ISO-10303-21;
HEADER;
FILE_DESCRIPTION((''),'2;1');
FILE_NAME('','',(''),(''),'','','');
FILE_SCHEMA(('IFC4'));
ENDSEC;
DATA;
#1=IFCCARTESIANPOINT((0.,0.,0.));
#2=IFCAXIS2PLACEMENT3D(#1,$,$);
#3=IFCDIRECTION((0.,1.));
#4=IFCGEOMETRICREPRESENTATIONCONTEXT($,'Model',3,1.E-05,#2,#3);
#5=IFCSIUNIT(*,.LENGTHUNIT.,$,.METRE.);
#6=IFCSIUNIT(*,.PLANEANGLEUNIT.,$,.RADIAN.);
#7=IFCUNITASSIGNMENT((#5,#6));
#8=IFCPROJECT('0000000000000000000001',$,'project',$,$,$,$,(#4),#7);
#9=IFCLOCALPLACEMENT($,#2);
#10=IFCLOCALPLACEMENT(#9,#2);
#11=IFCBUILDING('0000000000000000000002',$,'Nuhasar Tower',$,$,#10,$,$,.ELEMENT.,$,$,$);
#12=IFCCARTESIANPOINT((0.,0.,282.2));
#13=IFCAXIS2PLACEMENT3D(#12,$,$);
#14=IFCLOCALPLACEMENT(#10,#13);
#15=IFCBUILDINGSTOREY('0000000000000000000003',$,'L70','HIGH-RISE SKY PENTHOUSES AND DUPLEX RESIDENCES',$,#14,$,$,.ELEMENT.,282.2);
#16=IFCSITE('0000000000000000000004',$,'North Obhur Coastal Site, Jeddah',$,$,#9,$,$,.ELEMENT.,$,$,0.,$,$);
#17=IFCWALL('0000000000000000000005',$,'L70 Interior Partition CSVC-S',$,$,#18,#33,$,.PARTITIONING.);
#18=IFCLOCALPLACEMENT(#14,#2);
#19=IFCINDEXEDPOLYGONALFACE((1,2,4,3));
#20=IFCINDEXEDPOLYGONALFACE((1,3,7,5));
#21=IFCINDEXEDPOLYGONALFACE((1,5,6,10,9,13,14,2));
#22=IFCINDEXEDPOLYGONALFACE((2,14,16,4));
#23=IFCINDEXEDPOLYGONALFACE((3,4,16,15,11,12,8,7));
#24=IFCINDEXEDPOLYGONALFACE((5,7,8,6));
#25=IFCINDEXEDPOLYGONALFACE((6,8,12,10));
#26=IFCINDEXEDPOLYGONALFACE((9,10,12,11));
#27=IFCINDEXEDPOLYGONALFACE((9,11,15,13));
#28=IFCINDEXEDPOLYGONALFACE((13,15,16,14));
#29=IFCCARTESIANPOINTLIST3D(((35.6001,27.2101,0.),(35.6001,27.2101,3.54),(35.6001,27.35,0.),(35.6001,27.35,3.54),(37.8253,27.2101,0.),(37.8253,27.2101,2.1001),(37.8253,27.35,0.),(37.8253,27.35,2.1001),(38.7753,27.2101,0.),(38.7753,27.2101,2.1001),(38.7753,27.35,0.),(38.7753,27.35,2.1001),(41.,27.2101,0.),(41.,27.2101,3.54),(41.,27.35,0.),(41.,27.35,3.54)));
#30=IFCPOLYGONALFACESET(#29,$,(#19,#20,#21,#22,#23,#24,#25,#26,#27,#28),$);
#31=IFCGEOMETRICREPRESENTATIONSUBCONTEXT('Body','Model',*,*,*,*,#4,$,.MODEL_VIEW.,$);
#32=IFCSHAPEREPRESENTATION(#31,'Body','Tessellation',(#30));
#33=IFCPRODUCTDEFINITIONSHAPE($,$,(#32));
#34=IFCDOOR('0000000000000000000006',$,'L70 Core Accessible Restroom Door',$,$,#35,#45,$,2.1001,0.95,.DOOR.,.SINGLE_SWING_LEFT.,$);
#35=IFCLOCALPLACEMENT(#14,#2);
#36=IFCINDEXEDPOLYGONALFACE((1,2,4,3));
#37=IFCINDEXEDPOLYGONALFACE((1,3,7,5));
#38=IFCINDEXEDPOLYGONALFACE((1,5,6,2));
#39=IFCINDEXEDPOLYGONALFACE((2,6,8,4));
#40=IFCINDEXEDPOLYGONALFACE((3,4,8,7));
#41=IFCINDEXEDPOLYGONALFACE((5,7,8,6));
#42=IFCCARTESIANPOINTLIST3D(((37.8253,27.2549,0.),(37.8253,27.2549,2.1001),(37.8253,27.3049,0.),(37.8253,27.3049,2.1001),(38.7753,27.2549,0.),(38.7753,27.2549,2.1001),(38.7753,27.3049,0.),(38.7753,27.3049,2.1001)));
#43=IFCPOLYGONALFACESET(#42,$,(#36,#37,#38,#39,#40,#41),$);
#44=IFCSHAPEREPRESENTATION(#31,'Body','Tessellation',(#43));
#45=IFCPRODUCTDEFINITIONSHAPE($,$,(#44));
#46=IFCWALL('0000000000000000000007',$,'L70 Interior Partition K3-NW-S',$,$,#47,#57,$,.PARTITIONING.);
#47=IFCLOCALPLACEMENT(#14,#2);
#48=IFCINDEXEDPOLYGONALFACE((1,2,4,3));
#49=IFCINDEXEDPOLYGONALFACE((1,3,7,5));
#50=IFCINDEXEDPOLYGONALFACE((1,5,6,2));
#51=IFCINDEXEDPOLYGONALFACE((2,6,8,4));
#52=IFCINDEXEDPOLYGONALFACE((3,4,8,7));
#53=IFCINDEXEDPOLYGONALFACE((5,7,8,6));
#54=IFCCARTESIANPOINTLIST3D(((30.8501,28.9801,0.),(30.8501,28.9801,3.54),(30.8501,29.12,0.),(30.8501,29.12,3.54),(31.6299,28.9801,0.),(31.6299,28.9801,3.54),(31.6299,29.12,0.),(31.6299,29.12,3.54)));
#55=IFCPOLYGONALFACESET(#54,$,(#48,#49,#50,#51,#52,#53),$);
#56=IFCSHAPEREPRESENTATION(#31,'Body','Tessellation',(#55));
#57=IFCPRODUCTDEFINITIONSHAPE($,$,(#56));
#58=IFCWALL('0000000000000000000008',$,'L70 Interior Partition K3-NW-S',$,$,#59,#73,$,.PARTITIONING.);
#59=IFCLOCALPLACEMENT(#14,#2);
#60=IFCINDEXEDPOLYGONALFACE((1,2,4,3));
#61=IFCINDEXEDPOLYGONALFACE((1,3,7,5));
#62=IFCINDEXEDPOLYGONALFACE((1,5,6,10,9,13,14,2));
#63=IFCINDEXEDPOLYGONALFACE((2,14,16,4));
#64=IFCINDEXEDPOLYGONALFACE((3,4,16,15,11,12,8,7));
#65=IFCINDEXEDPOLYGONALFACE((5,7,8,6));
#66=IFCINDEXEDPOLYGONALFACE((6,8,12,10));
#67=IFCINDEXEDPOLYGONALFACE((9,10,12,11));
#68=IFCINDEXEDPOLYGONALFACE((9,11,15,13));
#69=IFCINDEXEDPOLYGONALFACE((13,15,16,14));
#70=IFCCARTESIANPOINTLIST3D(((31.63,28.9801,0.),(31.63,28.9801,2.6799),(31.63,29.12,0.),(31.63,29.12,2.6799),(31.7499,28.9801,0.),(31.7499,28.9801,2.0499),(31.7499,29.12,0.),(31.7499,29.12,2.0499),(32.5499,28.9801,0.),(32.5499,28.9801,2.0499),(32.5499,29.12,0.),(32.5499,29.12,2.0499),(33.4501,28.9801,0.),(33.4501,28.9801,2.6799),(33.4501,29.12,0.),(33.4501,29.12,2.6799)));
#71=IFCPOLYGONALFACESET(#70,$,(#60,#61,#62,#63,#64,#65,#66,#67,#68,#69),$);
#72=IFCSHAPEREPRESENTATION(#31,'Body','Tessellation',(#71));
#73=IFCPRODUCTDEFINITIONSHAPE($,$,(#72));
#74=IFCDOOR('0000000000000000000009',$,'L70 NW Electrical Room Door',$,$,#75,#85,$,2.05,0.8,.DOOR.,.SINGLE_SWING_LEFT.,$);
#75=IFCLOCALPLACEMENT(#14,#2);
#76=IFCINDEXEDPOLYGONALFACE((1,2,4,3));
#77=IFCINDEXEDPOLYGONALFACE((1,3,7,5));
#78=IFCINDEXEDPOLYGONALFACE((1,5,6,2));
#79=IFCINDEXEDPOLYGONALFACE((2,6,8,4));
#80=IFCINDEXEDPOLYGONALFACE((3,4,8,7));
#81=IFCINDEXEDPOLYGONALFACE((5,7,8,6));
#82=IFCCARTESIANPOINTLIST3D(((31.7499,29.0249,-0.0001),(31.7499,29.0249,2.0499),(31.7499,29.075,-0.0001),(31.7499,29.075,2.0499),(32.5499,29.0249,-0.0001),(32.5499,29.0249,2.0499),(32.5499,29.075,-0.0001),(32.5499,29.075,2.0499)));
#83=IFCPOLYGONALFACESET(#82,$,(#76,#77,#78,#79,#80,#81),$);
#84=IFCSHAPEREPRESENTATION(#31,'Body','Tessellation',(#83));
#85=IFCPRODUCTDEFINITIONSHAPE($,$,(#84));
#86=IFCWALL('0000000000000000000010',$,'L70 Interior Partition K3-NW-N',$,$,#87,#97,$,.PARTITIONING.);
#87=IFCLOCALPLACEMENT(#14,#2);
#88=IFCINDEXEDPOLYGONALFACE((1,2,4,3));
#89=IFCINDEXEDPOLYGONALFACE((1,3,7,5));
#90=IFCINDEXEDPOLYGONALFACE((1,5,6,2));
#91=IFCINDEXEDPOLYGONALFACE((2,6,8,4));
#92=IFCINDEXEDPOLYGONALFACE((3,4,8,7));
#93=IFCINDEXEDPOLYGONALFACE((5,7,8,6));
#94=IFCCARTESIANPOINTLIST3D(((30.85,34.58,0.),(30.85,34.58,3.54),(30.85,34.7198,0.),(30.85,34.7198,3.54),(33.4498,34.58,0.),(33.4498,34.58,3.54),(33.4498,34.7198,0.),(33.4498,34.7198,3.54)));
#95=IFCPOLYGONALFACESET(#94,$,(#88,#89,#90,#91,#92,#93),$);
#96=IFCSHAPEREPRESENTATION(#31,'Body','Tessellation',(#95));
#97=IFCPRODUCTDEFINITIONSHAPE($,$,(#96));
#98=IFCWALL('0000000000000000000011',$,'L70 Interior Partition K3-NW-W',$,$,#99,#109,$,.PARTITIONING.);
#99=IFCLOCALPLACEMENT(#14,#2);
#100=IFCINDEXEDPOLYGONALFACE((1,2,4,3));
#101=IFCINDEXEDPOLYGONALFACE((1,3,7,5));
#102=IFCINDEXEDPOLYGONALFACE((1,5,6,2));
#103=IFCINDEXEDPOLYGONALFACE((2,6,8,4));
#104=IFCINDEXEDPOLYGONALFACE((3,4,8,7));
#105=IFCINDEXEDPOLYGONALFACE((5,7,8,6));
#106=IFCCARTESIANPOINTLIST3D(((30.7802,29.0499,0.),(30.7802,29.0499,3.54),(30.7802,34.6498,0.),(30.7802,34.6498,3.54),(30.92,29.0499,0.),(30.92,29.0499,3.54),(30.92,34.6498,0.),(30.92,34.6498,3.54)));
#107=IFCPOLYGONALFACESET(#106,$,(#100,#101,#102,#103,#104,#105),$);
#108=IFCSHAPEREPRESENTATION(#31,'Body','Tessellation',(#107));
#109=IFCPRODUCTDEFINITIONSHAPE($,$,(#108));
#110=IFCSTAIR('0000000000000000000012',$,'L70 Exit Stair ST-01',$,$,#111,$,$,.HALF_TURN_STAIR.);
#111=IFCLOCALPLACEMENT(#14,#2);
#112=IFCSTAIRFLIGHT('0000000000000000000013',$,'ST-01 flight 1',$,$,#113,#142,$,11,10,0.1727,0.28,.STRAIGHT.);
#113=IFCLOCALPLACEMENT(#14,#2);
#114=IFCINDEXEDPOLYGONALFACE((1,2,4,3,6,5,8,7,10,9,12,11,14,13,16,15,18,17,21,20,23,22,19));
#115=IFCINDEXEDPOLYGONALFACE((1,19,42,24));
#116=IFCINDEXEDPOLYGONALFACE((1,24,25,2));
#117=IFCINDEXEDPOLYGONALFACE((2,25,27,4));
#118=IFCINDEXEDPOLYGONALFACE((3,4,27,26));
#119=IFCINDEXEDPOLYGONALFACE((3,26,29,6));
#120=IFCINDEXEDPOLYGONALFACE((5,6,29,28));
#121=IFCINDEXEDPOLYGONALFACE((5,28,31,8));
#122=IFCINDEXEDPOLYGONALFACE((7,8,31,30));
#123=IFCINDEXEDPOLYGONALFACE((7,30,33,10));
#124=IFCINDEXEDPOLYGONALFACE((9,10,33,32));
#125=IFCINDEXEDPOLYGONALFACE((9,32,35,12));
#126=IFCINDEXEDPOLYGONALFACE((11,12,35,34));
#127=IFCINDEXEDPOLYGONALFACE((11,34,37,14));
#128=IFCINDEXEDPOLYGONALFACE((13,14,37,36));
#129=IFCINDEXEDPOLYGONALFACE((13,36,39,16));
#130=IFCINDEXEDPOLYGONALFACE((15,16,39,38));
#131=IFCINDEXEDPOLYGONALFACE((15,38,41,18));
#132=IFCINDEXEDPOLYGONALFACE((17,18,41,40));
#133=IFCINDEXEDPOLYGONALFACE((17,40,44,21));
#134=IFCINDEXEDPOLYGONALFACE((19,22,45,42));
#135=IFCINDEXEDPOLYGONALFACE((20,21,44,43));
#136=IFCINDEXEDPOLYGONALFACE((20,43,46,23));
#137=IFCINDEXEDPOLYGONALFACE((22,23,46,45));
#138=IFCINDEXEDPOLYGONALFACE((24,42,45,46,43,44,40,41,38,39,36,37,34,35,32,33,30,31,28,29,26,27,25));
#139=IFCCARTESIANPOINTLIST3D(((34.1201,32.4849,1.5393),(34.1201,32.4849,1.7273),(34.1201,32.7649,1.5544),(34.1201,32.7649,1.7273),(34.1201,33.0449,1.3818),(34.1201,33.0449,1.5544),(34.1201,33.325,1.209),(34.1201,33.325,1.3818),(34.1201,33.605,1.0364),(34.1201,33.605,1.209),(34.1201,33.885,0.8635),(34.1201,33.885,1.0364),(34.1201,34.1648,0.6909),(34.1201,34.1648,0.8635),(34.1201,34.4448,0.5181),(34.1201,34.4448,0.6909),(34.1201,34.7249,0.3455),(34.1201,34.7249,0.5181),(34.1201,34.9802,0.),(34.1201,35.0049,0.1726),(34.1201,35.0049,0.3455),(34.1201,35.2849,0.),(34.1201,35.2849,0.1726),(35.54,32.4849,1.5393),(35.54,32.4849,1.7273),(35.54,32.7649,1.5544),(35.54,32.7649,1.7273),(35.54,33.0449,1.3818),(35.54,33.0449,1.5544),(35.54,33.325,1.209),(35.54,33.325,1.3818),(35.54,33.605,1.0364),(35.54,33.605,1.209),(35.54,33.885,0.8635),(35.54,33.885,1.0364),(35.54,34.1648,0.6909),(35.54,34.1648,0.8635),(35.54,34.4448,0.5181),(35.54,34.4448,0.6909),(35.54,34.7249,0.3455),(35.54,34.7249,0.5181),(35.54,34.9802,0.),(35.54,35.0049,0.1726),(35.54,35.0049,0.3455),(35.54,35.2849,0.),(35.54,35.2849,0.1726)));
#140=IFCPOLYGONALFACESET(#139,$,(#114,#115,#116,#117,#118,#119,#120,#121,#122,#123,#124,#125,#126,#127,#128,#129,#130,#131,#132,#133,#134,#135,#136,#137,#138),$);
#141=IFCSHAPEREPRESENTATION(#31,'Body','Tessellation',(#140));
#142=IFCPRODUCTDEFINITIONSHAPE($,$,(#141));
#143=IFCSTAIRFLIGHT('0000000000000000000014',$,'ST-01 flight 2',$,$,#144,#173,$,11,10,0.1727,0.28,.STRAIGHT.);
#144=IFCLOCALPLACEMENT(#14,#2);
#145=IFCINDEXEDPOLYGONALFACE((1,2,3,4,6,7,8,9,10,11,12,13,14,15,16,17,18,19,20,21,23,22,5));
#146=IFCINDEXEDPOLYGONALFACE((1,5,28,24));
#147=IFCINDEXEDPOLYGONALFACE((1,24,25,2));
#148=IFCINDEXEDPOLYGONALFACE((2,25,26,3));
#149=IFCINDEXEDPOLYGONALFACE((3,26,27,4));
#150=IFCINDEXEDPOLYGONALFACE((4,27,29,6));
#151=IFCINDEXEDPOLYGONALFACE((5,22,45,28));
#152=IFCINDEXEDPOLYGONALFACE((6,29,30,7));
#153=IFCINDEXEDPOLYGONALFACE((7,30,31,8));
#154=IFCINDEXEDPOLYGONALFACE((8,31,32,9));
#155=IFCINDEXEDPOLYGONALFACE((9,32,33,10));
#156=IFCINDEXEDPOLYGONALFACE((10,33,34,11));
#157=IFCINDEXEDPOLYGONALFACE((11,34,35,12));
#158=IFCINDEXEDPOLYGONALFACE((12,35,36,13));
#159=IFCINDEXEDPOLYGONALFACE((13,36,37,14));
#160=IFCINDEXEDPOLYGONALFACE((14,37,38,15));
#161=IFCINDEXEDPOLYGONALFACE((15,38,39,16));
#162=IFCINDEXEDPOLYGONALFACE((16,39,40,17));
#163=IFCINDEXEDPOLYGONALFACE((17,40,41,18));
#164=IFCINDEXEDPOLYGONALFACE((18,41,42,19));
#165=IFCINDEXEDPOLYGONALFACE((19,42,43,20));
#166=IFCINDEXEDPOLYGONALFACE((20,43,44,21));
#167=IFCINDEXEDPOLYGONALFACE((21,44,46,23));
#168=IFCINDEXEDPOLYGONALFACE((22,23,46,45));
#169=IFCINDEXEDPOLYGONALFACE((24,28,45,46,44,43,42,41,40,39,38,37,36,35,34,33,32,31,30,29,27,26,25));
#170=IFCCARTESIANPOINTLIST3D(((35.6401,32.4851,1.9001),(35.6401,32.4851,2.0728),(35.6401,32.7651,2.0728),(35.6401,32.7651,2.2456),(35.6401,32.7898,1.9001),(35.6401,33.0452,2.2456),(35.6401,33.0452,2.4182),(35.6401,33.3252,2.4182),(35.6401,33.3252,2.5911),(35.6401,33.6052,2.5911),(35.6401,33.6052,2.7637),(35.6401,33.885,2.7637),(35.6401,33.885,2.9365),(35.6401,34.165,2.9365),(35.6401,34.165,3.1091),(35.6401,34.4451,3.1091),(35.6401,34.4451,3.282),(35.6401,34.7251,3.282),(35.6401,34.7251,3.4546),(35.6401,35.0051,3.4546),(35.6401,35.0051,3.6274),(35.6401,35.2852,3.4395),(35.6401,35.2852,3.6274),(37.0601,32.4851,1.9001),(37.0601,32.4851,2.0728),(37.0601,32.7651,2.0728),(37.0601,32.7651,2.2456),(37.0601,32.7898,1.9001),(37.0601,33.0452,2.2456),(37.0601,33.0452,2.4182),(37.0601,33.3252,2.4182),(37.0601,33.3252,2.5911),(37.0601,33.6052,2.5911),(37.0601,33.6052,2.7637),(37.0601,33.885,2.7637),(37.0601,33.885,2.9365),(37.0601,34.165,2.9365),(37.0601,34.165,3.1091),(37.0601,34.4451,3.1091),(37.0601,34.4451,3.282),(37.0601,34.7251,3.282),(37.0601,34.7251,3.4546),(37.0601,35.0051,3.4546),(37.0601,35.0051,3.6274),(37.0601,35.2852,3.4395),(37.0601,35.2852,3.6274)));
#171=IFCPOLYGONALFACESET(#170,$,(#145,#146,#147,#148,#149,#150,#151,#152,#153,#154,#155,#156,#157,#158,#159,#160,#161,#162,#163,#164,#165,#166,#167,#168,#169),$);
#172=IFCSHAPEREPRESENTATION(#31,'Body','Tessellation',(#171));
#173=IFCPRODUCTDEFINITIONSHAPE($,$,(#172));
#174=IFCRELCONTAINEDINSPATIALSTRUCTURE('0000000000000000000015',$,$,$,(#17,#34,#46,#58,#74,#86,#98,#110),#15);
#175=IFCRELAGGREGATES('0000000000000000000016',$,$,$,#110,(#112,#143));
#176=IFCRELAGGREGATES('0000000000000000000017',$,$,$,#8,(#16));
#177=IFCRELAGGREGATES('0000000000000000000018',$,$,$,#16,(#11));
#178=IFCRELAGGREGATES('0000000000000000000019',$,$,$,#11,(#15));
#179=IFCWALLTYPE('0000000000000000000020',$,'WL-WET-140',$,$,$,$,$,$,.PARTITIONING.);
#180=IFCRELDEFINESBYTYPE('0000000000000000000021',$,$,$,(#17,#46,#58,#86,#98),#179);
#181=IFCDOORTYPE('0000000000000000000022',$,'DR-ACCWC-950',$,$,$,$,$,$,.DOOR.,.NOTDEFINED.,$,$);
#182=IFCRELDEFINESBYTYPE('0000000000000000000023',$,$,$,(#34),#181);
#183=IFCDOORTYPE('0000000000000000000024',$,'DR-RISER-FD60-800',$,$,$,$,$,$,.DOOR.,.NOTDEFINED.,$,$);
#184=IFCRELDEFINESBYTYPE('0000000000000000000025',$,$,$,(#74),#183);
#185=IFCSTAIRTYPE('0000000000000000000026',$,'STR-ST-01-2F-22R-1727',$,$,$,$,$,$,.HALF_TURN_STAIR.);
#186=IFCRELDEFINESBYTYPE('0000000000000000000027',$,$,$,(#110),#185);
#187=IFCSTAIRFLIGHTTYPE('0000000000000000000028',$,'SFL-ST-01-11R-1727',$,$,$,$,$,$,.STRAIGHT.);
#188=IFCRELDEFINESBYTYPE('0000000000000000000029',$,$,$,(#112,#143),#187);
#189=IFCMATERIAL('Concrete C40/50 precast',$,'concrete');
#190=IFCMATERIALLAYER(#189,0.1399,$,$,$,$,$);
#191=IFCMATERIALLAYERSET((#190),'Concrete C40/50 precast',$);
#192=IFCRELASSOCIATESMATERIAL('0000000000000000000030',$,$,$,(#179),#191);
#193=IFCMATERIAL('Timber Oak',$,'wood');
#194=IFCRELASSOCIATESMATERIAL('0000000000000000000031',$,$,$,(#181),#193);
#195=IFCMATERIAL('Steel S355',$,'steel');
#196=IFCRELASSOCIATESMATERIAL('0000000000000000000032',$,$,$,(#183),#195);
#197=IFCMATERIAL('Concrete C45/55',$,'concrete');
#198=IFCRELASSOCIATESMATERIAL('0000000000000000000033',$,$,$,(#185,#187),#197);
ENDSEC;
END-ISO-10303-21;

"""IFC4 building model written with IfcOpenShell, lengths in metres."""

from ifc_helpers import new_model, si_unit, direction, frame, frame_2d, origin, place, context, subcontext, project, spatial, polyline, rectangle, outline, extrude, material, layer, layer_set, type_object, element, fill, aggregate, save


model = new_model("IFC4")

# Units and contexts
model_context = context("Model", 3, precision=1e-05, world=origin(), true_north=direction((0.0, 1.0)))
body_context = subcontext(model_context, "Body", "Model", "MODEL_VIEW")
ifc_project = project(units=[si_unit("LENGTHUNIT", "METRE"), si_unit("PLANEANGLEUNIT", "RADIAN")], contexts=[model_context])

# Site, building, storey
site_placement = place(None, origin())
site = spatial("IfcSite", under=ifc_project, at=site_placement, Name="North Obhur Coastal Site, Jeddah", CompositionType="ELEMENT", RefElevation=0.0)
building_placement = place(site_placement, origin())
building = spatial("IfcBuilding", under=site, at=building_placement, Name="Nuhasar Tower", CompositionType="ELEMENT")
storey_placement = place(building_placement, frame((0.0, 0.0, 282.2)))
storey = spatial("IfcBuildingStorey", under=building, at=storey_placement, Name="L70", Description="HIGH-RISE SKY PENTHOUSES AND DUPLEX RESIDENCES", CompositionType="ELEMENT", Elevation=282.2)

# Shared definitions
ifc_material_1 = material(Name="Steel S355", Category="steel")

# Shared definitions
ifc_material_2 = material(Name="Concrete C40/50 precast", Category="concrete")
ifc_layer_1 = layer(ifc_material_2, 0.1399)
ifc_layer_set_1 = layer_set([ifc_layer_1], Name="Concrete C40/50 precast")
wall_type_1 = type_object("IfcWallType", Name="WL-WET-140", PredefinedType="PARTITIONING", material=ifc_layer_set_1)

# Wall, opening, door
wall_1_placement = place(storey_placement, frame((35.6001, 27.28, 0.0), z_axis=(0.0, 0.0, 1.0), x_axis=(1.0, 0.0, 0.0)))
wall_1 = element("IfcWall", 1, at=wall_1_placement, inside=storey, type_object=wall_type_1, Name="L70 Interior Partition CSVC-S", PredefinedType="PARTITIONING", context=body_context, shape_type="SweptSolid", body=[
    extrude(rectangle(XDim=5.3999, YDim=0.1399, at=frame_2d((2.7, 0.0))), origin(), (0.0, 0.0, 1.0), 3.54),
])
opening_1_placement = place(wall_1_placement, frame((2.2251, 0.0, 0.0)))
opening_1 = element("IfcOpeningElement", 2, at=opening_1_placement, cuts=wall_1, PredefinedType="OPENING", context=body_context, shape_type="SweptSolid", body=[
    extrude(rectangle(XDim=0.95, YDim=2.1001, at=frame_2d((0.4751, 1.05))), frame((0.0, 0.0801, 0.0), z_axis=(0.0, -1.0, 0.0), x_axis=(1.0, 0.0, 0.0)), (0.0, 0.0, 1.0), 0.1599),
])
ifc_material_3 = material(Name="Timber Oak", Category="wood")
door_type_1 = type_object("IfcDoorType", Name="DR-ACCWC-950", OperationType="NOTDEFINED", PredefinedType="DOOR", material=ifc_material_3)
door_1_placement = place(opening_1_placement, origin())
door_1 = element("IfcDoor", 3, at=door_1_placement, inside=storey, type_object=door_type_1, Name="L70 Core Accessible Restroom Door", OperationType="SINGLE_SWING_LEFT", OverallHeight=2.1001, OverallWidth=0.95, PredefinedType="DOOR", context=body_context, shape_type="SweptSolid", body=[
    extrude(rectangle(XDim=0.95, YDim=2.1001, at=frame_2d((0.4751, 1.05))), frame((0.0, 0.0249, 0.0), z_axis=(0.0, -1.0, 0.0), x_axis=(1.0, 0.0, 0.0)), (0.0, 0.0, 1.0), 0.05),
])
fill(opening_1, door_1)

# Wall
wall_2_placement = place(storey_placement, frame((30.8501, 29.05, 0.0), z_axis=(0.0, 0.0, 1.0), x_axis=(1.0, 0.0, 0.0)))
element("IfcWall", 4, at=wall_2_placement, inside=storey, type_object=wall_type_1, Name="L70 Interior Partition K3-NW-S", PredefinedType="PARTITIONING", context=body_context, shape_type="SweptSolid", body=[
    extrude(rectangle(XDim=0.7798, YDim=0.1399, at=frame_2d((0.3899, 0.0))), origin(), (0.0, 0.0, 1.0), 3.54),
])

# Wall, opening, door
wall_3_placement = place(storey_placement, frame((31.6299, 29.05, 0.0), z_axis=(0.0, 0.0, 1.0), x_axis=(1.0, 0.0, 0.0)))
wall_3 = element("IfcWall", 5, at=wall_3_placement, inside=storey, type_object=wall_type_1, Name="L70 Interior Partition K3-NW-S", PredefinedType="PARTITIONING", context=body_context, shape_type="SweptSolid", body=[
    extrude(rectangle(XDim=1.8201, YDim=0.1399, at=frame_2d((0.9102, 0.0))), origin(), (0.0, 0.0, 1.0), 2.6799),
])
opening_2_placement = place(wall_3_placement, frame((0.1201, 0.0, 0.0)))
opening_2 = element("IfcOpeningElement", 6, at=opening_2_placement, cuts=wall_3, PredefinedType="OPENING", context=body_context, shape_type="SweptSolid", body=[
    extrude(rectangle(XDim=0.8, YDim=2.05, at=frame_2d((0.3999, 1.0249))), frame((0.0, 0.0801, 0.0), z_axis=(0.0, -1.0, 0.0), x_axis=(1.0, 0.0, 0.0)), (0.0, 0.0, 1.0), 0.1599),
])
door_type_2 = type_object("IfcDoorType", Name="DR-RISER-FD60-800", OperationType="NOTDEFINED", PredefinedType="DOOR", material=ifc_material_1)
door_2_placement = place(opening_2_placement, origin())
door_2 = element("IfcDoor", 7, at=door_2_placement, inside=storey, type_object=door_type_2, Name="L70 NW Electrical Room Door", OperationType="SINGLE_SWING_LEFT", OverallHeight=2.05, OverallWidth=0.8, PredefinedType="DOOR", context=body_context, shape_type="SweptSolid", body=[
    extrude(rectangle(XDim=0.8, YDim=2.05, at=frame_2d((0.3999, 1.0249))), frame((0.0, 0.0249, 0.0), z_axis=(0.0, -1.0, 0.0), x_axis=(1.0, 0.0, 0.0)), (0.0, 0.0, 1.0), 0.05),
])
fill(opening_2, door_2)

# Walls
wall_4_placement = place(storey_placement, frame((30.8501, 34.6499, 0.0), z_axis=(0.0, 0.0, 1.0), x_axis=(1.0, 0.0, 0.0)))
element("IfcWall", 8, at=wall_4_placement, inside=storey, type_object=wall_type_1, Name="L70 Interior Partition K3-NW-N", PredefinedType="PARTITIONING", context=body_context, shape_type="SweptSolid", body=[
    extrude(rectangle(XDim=2.5999, YDim=0.1399, at=frame_2d((1.2998, 0.0))), origin(), (0.0, 0.0, 1.0), 3.54),
])
wall_5_placement = place(storey_placement, frame((30.8501, 29.05, 0.0), z_axis=(0.0, 0.0, 1.0), x_axis=(0.0, 1.0, 0.0)))
element("IfcWall", 9, at=wall_5_placement, inside=storey, type_object=wall_type_1, Name="L70 Interior Partition K3-NW-W", PredefinedType="PARTITIONING", context=body_context, shape_type="SweptSolid", body=[
    extrude(rectangle(XDim=5.5999, YDim=0.1399, at=frame_2d((2.7998, 0.0))), origin(), (0.0, 0.0, 1.0), 3.54),
])

# Stair, stair flights
ifc_material_4 = material(Name="Concrete C45/55", Category="concrete")
stair_type_1 = type_object("IfcStairType", Name="STR-ST-01-2F-22R-1727", PredefinedType="HALF_TURN_STAIR", material=ifc_material_4)
stair_1_placement = place(storey_placement, origin())
stair_1 = element("IfcStair", 10, at=stair_1_placement, inside=storey, type_object=stair_type_1, Name="L70 Exit Stair ST-01", PredefinedType="HALF_TURN_STAIR")
stair_flight_type_1 = type_object("IfcStairFlightType", Name="SFL-ST-01-11R-1727", PredefinedType="STRAIGHT", material=ifc_material_4)
stair_flight_1_placement = place(storey_placement, frame((34.8301, 35.2849, 0.0), z_axis=(0.0, 0.0, 1.0), x_axis=(0.0, -1.0, 0.0)))
stair_flight_1 = element("IfcStairFlight", 11, at=stair_flight_1_placement, type_object=stair_flight_type_1, Name="ST-01 flight 1", NumberOfRisers=11, NumberOfTreads=10, PredefinedType="STRAIGHT", RiserHeight=0.1727, TreadLength=0.28, context=body_context, shape_type="SweptSolid", body=[
    extrude(outline(polyline([(0.0, 0.0), (0.0, 0.1726), (0.28, 0.1726), (0.28, 0.3455), (0.5601, 0.3455), (0.5601, 0.5181), (0.8401, 0.5181), (0.8401, 0.6909), (1.1201, 0.6909), (1.1201, 0.8635), (1.3999, 0.8635), (1.3999, 1.0364), (1.6799, 1.0364), (1.6799, 1.209), (1.96, 1.209), (1.96, 1.3818), (2.24, 1.3818), (2.24, 1.5544), (2.52, 1.5544), (2.52, 1.7273), (2.8, 1.7273), (2.8, 1.8999), (2.8, 1.5393), (0.3047, 0.0), (0.0, 0.0)])), frame((0.0, 0.71, 0.0), z_axis=(0.0, -1.0, 0.0), x_axis=(1.0, 0.0, 0.0)), (0.0, 0.0, 1.0), 1.4199),
])
stair_flight_2_placement = place(storey_placement, frame((36.3501, 32.4851, 1.9001), z_axis=(0.0, 0.0, 1.0), x_axis=(0.0, 1.0, 0.0)))
stair_flight_2 = element("IfcStairFlight", 12, at=stair_flight_2_placement, type_object=stair_flight_type_1, Name="ST-01 flight 2", NumberOfRisers=11, NumberOfTreads=10, PredefinedType="STRAIGHT", RiserHeight=0.1727, TreadLength=0.28, context=body_context, shape_type="SweptSolid", body=[
    extrude(outline(polyline([(0.0, 0.0), (0.0, 0.1726), (0.28, 0.1726), (0.28, 0.3455), (0.5601, 0.3455), (0.5601, 0.5181), (0.8401, 0.5181), (0.8401, 0.6909), (1.1201, 0.6909), (1.1201, 0.8635), (1.3999, 0.8635), (1.3999, 1.0364), (1.6799, 1.0364), (1.6799, 1.209), (1.96, 1.209), (1.96, 1.3818), (2.24, 1.3818), (2.24, 1.5544), (2.52, 1.5544), (2.52, 1.7273), (2.8, 1.7273), (2.8, 1.8999), (2.8, 1.5393), (0.3047, 0.0), (0.0, 0.0)])), frame((0.0, 0.71, 0.0), z_axis=(0.0, -1.0, 0.0), x_axis=(1.0, 0.0, 0.0)), (0.0, 0.0, 1.0), 1.4199),
])
aggregate(stair_1, [stair_flight_1, stair_flight_2])

save(model, "model.ifc")
